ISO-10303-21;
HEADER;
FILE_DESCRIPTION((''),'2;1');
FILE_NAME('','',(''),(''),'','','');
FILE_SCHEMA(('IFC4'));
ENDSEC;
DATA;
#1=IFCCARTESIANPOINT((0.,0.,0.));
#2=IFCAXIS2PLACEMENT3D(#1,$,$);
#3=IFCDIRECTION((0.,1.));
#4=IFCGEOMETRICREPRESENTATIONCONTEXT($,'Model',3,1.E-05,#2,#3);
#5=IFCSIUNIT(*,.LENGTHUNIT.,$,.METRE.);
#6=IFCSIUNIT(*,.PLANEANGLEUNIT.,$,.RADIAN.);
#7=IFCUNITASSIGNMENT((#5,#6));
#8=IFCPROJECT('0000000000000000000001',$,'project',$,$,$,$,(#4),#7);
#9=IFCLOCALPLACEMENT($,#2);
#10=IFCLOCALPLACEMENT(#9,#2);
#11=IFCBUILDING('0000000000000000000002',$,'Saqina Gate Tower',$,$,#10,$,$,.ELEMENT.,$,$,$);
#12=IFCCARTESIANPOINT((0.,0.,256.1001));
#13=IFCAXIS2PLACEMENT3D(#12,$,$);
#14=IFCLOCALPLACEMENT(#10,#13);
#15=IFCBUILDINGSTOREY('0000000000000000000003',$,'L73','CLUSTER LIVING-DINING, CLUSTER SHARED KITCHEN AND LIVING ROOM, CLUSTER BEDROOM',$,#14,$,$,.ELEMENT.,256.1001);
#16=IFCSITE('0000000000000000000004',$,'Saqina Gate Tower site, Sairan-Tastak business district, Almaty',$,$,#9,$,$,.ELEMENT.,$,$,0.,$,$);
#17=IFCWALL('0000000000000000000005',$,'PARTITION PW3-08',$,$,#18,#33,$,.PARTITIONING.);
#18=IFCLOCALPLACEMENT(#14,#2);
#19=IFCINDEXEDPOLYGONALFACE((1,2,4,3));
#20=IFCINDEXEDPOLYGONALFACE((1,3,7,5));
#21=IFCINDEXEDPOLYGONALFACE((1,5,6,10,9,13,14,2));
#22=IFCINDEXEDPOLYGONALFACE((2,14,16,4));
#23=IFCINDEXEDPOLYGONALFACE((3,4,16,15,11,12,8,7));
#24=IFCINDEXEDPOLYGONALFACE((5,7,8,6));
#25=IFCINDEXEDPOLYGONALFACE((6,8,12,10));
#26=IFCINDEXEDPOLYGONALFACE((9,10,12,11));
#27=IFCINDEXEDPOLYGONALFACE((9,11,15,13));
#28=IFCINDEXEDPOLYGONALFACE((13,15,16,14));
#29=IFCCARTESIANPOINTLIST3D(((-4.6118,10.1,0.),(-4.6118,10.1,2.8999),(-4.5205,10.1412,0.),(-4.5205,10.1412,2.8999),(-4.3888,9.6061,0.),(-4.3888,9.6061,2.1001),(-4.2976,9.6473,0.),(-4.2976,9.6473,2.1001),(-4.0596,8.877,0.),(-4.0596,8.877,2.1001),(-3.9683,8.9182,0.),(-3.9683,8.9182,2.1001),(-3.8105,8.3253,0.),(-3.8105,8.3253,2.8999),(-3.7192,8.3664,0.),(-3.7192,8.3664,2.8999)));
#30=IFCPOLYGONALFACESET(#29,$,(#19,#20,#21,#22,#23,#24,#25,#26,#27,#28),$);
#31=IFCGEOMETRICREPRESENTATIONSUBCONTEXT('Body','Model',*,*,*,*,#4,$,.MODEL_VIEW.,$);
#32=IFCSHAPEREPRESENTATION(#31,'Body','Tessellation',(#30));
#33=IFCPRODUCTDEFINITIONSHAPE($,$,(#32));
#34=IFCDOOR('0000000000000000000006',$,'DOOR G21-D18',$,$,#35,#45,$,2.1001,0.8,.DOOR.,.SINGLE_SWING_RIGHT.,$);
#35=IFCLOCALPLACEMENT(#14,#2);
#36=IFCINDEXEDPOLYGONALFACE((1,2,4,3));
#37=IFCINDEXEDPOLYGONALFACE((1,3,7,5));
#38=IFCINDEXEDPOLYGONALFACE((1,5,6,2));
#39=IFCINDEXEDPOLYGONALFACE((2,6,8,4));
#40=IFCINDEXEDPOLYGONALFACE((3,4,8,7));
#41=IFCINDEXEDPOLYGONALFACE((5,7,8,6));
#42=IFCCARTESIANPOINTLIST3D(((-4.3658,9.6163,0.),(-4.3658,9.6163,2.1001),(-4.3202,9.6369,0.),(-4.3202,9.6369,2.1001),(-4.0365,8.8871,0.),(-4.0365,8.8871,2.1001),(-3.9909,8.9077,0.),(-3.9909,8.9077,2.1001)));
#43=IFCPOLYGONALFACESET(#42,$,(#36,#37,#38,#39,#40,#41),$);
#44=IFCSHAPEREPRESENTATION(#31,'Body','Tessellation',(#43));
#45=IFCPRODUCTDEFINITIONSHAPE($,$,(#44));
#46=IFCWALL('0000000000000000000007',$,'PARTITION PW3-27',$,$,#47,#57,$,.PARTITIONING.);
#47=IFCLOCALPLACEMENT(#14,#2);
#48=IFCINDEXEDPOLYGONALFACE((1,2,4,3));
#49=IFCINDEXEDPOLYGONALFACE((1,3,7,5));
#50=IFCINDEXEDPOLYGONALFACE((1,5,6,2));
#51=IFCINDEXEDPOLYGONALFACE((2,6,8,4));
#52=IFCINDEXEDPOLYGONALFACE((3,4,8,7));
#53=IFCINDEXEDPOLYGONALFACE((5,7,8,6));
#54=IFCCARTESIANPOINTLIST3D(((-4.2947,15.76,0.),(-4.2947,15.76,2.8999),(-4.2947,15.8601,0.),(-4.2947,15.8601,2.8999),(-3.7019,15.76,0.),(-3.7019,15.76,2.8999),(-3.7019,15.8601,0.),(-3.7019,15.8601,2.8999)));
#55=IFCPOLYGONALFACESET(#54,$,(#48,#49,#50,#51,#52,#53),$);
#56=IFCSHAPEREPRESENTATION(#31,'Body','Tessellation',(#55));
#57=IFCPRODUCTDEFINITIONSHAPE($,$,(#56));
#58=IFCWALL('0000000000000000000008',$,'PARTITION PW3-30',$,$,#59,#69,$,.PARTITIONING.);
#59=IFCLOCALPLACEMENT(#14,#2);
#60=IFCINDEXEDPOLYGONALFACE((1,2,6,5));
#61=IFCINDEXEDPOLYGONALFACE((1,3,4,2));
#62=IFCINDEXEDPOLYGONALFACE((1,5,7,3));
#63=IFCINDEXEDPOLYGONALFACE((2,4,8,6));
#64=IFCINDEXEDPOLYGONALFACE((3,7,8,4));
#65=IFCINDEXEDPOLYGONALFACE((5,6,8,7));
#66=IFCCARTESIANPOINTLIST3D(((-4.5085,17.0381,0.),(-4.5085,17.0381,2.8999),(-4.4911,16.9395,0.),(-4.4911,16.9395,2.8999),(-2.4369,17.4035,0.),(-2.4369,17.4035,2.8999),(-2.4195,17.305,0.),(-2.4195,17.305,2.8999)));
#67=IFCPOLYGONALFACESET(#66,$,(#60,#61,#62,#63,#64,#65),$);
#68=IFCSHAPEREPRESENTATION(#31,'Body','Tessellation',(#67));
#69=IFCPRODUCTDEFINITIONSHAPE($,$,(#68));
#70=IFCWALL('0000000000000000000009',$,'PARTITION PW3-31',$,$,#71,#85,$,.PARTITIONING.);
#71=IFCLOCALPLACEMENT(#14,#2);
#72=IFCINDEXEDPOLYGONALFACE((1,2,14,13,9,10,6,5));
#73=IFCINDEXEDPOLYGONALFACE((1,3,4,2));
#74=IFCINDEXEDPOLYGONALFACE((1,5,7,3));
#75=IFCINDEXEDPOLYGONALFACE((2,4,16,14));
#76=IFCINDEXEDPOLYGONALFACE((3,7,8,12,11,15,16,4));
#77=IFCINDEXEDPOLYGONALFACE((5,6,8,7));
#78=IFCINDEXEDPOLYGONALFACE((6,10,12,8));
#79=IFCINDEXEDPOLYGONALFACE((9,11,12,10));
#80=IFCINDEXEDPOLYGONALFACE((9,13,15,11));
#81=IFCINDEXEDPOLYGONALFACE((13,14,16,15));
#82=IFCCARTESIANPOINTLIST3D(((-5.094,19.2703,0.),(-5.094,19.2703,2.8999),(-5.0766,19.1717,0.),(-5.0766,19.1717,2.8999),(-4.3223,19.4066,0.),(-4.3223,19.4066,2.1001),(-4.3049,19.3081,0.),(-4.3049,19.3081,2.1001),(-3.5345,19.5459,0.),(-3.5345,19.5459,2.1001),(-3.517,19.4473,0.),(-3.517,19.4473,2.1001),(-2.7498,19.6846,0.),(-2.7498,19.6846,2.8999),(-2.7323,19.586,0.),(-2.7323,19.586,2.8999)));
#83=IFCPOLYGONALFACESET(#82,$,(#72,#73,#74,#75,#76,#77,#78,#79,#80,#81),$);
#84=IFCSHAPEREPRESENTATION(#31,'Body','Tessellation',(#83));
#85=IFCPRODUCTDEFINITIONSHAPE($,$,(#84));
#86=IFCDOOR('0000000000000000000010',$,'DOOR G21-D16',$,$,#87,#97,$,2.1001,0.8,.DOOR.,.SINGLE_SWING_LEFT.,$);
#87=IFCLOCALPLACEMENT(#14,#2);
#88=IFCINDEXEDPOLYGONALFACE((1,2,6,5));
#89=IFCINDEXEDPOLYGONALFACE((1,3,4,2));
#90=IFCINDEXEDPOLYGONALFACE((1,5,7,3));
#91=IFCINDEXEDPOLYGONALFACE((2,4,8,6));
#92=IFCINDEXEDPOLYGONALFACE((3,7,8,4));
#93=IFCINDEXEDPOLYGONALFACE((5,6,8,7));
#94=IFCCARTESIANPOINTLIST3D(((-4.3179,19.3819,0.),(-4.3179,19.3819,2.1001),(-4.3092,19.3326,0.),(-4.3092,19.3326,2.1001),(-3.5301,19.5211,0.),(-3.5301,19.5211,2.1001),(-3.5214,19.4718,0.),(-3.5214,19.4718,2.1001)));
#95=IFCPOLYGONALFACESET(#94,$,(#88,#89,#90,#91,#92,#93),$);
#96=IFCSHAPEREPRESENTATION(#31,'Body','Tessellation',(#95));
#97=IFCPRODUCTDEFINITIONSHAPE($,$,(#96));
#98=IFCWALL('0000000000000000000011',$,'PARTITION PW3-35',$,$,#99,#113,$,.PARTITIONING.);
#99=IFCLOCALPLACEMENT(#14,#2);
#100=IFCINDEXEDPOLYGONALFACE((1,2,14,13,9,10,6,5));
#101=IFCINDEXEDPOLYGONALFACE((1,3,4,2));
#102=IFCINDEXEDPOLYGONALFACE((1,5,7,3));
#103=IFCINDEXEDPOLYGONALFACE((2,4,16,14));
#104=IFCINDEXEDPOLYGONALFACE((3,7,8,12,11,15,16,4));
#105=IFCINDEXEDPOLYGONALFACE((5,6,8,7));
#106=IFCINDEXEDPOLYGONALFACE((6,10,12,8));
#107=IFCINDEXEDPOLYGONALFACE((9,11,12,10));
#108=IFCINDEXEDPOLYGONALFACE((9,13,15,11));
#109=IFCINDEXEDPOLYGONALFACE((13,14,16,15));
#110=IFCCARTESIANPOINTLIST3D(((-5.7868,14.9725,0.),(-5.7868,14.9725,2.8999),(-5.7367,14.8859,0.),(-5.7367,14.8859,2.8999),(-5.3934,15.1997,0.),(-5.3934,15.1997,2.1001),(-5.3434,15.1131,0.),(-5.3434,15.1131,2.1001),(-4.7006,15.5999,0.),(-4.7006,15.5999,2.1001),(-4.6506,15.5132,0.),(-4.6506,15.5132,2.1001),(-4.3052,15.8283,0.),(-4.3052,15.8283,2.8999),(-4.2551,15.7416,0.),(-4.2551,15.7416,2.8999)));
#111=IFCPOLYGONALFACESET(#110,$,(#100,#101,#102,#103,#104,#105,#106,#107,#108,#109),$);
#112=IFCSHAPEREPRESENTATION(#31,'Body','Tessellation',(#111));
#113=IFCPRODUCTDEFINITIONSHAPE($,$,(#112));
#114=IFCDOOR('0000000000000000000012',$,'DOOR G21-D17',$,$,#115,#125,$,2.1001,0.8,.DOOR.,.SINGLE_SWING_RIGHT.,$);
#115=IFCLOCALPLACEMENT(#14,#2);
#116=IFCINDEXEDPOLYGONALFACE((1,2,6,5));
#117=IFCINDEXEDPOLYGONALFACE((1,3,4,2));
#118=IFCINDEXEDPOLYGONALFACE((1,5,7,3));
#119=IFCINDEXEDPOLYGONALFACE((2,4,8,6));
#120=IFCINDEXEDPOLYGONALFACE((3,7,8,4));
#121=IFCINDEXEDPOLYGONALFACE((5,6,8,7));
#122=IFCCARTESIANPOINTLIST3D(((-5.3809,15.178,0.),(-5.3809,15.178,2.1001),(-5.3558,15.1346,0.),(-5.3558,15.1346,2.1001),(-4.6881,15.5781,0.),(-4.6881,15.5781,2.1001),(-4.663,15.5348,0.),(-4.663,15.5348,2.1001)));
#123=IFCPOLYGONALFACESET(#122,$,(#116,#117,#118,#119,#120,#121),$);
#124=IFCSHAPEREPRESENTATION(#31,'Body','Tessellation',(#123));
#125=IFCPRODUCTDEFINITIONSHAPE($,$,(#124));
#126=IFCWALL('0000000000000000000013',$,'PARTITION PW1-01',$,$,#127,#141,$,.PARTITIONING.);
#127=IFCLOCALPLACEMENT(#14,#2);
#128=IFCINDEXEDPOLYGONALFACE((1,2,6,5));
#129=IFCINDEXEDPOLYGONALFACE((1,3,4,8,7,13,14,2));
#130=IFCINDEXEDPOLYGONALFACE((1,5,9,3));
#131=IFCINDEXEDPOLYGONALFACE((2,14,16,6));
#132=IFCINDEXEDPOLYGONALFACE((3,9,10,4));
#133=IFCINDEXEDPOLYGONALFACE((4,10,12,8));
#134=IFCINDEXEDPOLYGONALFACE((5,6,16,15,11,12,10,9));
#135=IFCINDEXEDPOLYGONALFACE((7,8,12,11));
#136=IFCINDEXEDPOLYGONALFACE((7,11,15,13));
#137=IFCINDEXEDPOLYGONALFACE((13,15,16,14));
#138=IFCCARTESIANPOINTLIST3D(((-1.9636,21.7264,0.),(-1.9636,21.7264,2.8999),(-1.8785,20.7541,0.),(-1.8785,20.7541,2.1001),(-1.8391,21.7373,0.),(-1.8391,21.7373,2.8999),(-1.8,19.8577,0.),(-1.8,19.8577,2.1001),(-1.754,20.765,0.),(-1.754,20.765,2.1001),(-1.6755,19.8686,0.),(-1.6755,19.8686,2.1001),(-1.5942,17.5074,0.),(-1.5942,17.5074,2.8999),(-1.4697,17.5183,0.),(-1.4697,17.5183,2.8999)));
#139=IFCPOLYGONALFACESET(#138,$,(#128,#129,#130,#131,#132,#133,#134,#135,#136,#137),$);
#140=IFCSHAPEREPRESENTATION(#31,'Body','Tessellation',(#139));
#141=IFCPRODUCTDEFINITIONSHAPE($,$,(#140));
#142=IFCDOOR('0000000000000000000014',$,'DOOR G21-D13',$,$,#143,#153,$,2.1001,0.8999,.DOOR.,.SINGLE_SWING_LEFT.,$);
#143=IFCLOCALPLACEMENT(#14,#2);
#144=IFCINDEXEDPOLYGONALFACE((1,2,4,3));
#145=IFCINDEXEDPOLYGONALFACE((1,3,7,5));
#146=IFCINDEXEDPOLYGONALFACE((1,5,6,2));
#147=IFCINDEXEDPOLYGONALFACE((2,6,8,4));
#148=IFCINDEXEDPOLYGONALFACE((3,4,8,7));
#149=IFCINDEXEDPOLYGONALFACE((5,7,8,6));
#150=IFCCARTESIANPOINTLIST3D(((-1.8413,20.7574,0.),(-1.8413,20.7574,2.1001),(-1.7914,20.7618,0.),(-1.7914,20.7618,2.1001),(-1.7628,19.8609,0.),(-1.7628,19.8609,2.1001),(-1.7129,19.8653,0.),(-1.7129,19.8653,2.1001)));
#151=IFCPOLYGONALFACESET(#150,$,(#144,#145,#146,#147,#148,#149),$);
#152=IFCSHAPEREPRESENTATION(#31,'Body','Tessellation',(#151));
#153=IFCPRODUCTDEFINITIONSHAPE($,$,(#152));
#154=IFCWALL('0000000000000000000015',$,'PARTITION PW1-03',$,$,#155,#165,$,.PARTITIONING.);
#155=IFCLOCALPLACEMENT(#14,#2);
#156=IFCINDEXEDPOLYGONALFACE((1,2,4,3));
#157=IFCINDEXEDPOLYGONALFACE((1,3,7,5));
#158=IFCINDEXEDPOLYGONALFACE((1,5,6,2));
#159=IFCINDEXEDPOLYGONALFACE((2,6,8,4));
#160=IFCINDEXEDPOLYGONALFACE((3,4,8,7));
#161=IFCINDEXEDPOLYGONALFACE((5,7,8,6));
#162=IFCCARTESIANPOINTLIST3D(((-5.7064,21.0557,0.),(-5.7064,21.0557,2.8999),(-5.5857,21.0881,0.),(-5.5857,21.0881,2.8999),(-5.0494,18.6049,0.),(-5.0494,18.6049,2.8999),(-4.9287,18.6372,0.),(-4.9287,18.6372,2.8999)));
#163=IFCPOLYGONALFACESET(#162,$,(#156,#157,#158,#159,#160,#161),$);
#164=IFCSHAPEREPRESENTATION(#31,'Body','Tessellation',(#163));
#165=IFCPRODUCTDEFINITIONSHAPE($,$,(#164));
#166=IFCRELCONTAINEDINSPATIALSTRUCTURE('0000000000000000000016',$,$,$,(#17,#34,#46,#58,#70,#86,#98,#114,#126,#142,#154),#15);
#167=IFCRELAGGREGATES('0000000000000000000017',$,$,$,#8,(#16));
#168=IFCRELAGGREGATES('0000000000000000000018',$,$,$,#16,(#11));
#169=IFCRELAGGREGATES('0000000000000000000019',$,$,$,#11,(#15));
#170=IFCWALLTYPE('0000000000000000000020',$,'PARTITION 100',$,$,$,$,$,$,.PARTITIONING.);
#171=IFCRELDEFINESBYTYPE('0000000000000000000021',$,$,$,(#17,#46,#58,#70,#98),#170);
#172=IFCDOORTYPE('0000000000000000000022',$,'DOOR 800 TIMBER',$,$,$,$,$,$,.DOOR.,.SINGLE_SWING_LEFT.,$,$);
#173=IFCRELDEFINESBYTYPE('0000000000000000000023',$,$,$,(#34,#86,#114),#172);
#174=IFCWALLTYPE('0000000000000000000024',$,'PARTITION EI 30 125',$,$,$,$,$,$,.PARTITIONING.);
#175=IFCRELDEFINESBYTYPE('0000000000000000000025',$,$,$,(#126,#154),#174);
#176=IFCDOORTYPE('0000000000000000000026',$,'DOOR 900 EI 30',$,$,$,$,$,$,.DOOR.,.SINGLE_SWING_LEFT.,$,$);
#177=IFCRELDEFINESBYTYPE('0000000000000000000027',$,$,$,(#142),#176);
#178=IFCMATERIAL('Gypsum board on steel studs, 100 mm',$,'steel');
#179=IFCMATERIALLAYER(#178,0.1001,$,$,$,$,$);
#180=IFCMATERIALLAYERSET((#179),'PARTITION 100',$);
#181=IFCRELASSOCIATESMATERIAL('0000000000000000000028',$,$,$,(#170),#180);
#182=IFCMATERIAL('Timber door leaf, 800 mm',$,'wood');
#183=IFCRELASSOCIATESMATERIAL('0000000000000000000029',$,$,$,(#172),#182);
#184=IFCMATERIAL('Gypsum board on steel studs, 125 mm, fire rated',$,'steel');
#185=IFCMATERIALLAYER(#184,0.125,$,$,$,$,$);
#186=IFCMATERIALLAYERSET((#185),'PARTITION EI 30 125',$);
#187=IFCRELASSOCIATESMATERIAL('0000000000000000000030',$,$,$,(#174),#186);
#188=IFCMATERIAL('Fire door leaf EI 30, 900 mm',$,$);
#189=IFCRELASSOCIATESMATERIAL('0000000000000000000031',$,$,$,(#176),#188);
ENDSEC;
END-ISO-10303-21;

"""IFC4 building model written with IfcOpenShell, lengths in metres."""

from ifc_helpers import new_model, si_unit, direction, frame, frame_2d, origin, place, context, subcontext, project, spatial, rectangle, extrude, material, layer, layer_set, type_object, element, fill, save


model = new_model("IFC4")

# Units and contexts
model_context = context("Model", 3, precision=1e-05, world=origin(), true_north=direction((0.0, 1.0)))
body_context = subcontext(model_context, "Body", "Model", "MODEL_VIEW")
ifc_project = project(units=[si_unit("LENGTHUNIT", "METRE"), si_unit("PLANEANGLEUNIT", "RADIAN")], contexts=[model_context])

# Site, building, storey
site_placement = place(None, origin())
site = spatial("IfcSite", under=ifc_project, at=site_placement, Name="Saqina Gate Tower site, Sairan-Tastak business district, Almaty", CompositionType="ELEMENT", RefElevation=0.0)
building_placement = place(site_placement, origin())
building = spatial("IfcBuilding", under=site, at=building_placement, Name="Saqina Gate Tower", CompositionType="ELEMENT")
storey_placement = place(building_placement, frame((0.0, 0.0, 256.1001)))
storey = spatial("IfcBuildingStorey", under=building, at=storey_placement, Name="L73", Description="CLUSTER LIVING-DINING, CLUSTER SHARED KITCHEN AND LIVING ROOM, CLUSTER BEDROOM", CompositionType="ELEMENT", Elevation=256.1001)

# Shared definitions
ifc_material_1 = material(Name="Gypsum board on steel studs, 100 mm", Category="steel")
ifc_layer_1 = layer(ifc_material_1, 0.1001)
ifc_layer_set_1 = layer_set([ifc_layer_1], Name="PARTITION 100")
wall_type_1 = type_object("IfcWallType", Name="PARTITION 100", PredefinedType="PARTITIONING", material=ifc_layer_set_1)
ifc_material_2 = material(Name="Timber door leaf, 800 mm", Category="wood")
door_type_1 = type_object("IfcDoorType", Name="DOOR 800 TIMBER", OperationType="SINGLE_SWING_LEFT", PredefinedType="DOOR", material=ifc_material_2)

# Wall, opening, door
wall_1_placement = place(storey_placement, frame((-4.5662, 10.1206, 0.0), z_axis=(0.0, 0.0, 1.0), x_axis=(0.411506, -0.911407, 0.0)))
wall_1 = element("IfcWall", 1, at=wall_1_placement, inside=storey, type_object=wall_type_1, Name="PARTITION PW3-08", PredefinedType="PARTITIONING", context=body_context, shape_type="SweptSolid", body=[
    extrude(rectangle(XDim=1.9473, YDim=0.1001, at=frame_2d((0.9736, 0.0))), origin(), (0.0, 0.0, 1.0), 2.8999),
])
opening_1_placement = place(wall_1_placement, frame((0.542, 0.0, 0.0)))
opening_1 = element("IfcOpeningElement", 2, at=opening_1_placement, cuts=wall_1, PredefinedType="OPENING", context=body_context, shape_type="SweptSolid", body=[
    extrude(rectangle(XDim=0.8, YDim=2.1001, at=frame_2d((0.3999, 1.05))), frame((0.0, 0.062, 0.0), z_axis=(0.0, -1.0, 0.0), x_axis=(1.0, 0.0, 0.0)), (0.0, 0.0, 1.0), 0.124),
])
door_1_placement = place(opening_1_placement, frame((0.8, 0.0, 0.0), z_axis=(0.0, 0.0, 1.0), x_axis=(-1.0, 0.0, 0.0)))
door_1 = element("IfcDoor", 3, at=door_1_placement, inside=storey, type_object=door_type_1, Name="DOOR G21-D18", OperationType="SINGLE_SWING_RIGHT", OverallHeight=2.1001, OverallWidth=0.8, PredefinedType="DOOR", context=body_context, shape_type="SweptSolid", body=[
    extrude(rectangle(XDim=0.8, YDim=2.1001, at=frame_2d((0.3999, 1.05))), frame((0.0, 0.0249, 0.0), z_axis=(0.0, -1.0, 0.0), x_axis=(1.0, 0.0, 0.0)), (0.0, 0.0, 1.0), 0.05),
])
fill(opening_1, door_1)

# Walls
wall_2_placement = place(storey_placement, frame((-4.2947, 15.8101, 0.0), z_axis=(0.0, 0.0, 1.0), x_axis=(1.0, 0.0, 0.0)))
element("IfcWall", 4, at=wall_2_placement, inside=storey, type_object=wall_type_1, Name="PARTITION PW3-27", PredefinedType="PARTITIONING", context=body_context, shape_type="SweptSolid", body=[
    extrude(rectangle(XDim=0.5928, YDim=0.1001, at=frame_2d((0.2964, 0.0))), origin(), (0.0, 0.0, 1.0), 2.8999),
])
wall_3_placement = place(storey_placement, frame((-4.4998, 16.9888, 0.0), z_axis=(0.0, 0.0, 1.0), x_axis=(0.984791, 0.173746, 0.0)))
element("IfcWall", 5, at=wall_3_placement, inside=storey, type_object=wall_type_1, Name="PARTITION PW3-30", PredefinedType="PARTITIONING", context=body_context, shape_type="SweptSolid", body=[
    extrude(rectangle(XDim=2.1035, YDim=0.1001, at=frame_2d((1.0518, 0.0))), origin(), (0.0, 0.0, 1.0), 2.8999),
])

# Walls, openings, doors
wall_4_placement = place(storey_placement, frame((-5.0854, 19.2209, 0.0), z_axis=(0.0, 0.0, 1.0), x_axis=(0.984739, 0.174037, 0.0)))
wall_4 = element("IfcWall", 6, at=wall_4_placement, inside=storey, type_object=wall_type_1, Name="PARTITION PW3-31", PredefinedType="PARTITIONING", context=body_context, shape_type="SweptSolid", body=[
    extrude(rectangle(XDim=2.3806, YDim=0.1001, at=frame_2d((1.1904, 0.0))), origin(), (0.0, 0.0, 1.0), 2.8999),
])
opening_2_placement = place(wall_4_placement, frame((0.7839, 0.0, 0.0)))
opening_2 = element("IfcOpeningElement", 7, at=opening_2_placement, cuts=wall_4, PredefinedType="OPENING", context=body_context, shape_type="SweptSolid", body=[
    extrude(rectangle(XDim=0.8, YDim=2.1001, at=frame_2d((0.3999, 1.05))), frame((0.0, 0.062, 0.0), z_axis=(0.0, -1.0, 0.0), x_axis=(1.0, 0.0, 0.0)), (0.0, 0.0, 1.0), 0.124),
])
door_2_placement = place(opening_2_placement, origin())
door_2 = element("IfcDoor", 8, at=door_2_placement, inside=storey, type_object=door_type_1, Name="DOOR G21-D16", OperationType="SINGLE_SWING_LEFT", OverallHeight=2.1001, OverallWidth=0.8, PredefinedType="DOOR", context=body_context, shape_type="SweptSolid", body=[
    extrude(rectangle(XDim=0.8, YDim=2.1001, at=frame_2d((0.3999, 1.05))), frame((0.0, 0.0249, 0.0), z_axis=(0.0, -1.0, 0.0), x_axis=(1.0, 0.0, 0.0)), (0.0, 0.0, 1.0), 0.05),
])
fill(opening_2, door_2)
wall_5_placement = place(storey_placement, frame((-5.7617, 14.9292, 0.0), z_axis=(0.0, 0.0, 1.0), x_axis=(0.865924, 0.500175, 0.0)))
wall_5 = element("IfcWall", 9, at=wall_5_placement, inside=storey, type_object=wall_type_1, Name="PARTITION PW3-35", PredefinedType="PARTITIONING", context=body_context, shape_type="SweptSolid", body=[
    extrude(rectangle(XDim=1.7109, YDim=0.1001, at=frame_2d((0.8555, 0.0))), origin(), (0.0, 0.0, 1.0), 2.8999),
])
opening_3_placement = place(wall_5_placement, frame((0.4543, 0.0, 0.0)))
opening_3 = element("IfcOpeningElement", 10, at=opening_3_placement, cuts=wall_5, PredefinedType="OPENING", context=body_context, shape_type="SweptSolid", body=[
    extrude(rectangle(XDim=0.8, YDim=2.1001, at=frame_2d((0.3999, 1.05))), frame((0.0, 0.062, 0.0), z_axis=(0.0, -1.0, 0.0), x_axis=(1.0, 0.0, 0.0)), (0.0, 0.0, 1.0), 0.124),
])
door_3_placement = place(opening_3_placement, origin())
door_3 = element("IfcDoor", 11, at=door_3_placement, inside=storey, type_object=door_type_1, Name="DOOR G21-D17", OperationType="SINGLE_SWING_RIGHT", OverallHeight=2.1001, OverallWidth=0.8, PredefinedType="DOOR", context=body_context, shape_type="SweptSolid", body=[
    extrude(rectangle(XDim=0.8, YDim=2.1001, at=frame_2d((0.3999, 1.05))), frame((0.0, 0.0249, 0.0), z_axis=(0.0, -1.0, 0.0), x_axis=(1.0, 0.0, 0.0)), (0.0, 0.0, 1.0), 0.05),
])
fill(opening_3, door_3)
ifc_material_3 = material(Name="Gypsum board on steel studs, 125 mm, fire rated", Category="steel")
ifc_layer_2 = layer(ifc_material_3, 0.125)
ifc_layer_set_2 = layer_set([ifc_layer_2], Name="PARTITION EI 30 125")
wall_type_2 = type_object("IfcWallType", Name="PARTITION EI 30 125", PredefinedType="PARTITIONING", material=ifc_layer_set_2)
wall_6_placement = place(storey_placement, frame((-1.9014, 21.7319, 0.0), z_axis=(0.0, 0.0, 1.0), x_axis=(0.087219, -0.996189, 0.0)))
wall_6 = element("IfcWall", 12, at=wall_6_placement, inside=storey, type_object=wall_type_2, Name="PARTITION PW1-01", PredefinedType="PARTITIONING", context=body_context, shape_type="SweptSolid", body=[
    extrude(rectangle(XDim=4.2351, YDim=0.125, at=frame_2d((2.1177, 0.0))), origin(), (0.0, 0.0, 1.0), 2.8999),
])
opening_4_placement = place(wall_6_placement, frame((0.9761, 0.0, 0.0)))
opening_4 = element("IfcOpeningElement", 13, at=opening_4_placement, cuts=wall_6, PredefinedType="OPENING", context=body_context, shape_type="SweptSolid", body=[
    extrude(rectangle(XDim=0.8999, YDim=2.1001, at=frame_2d((0.45, 1.05))), frame((0.0, 0.0745, 0.0), z_axis=(0.0, -1.0, 0.0), x_axis=(1.0, 0.0, 0.0)), (0.0, 0.0, 1.0), 0.1489),
])
ifc_material_4 = material(Name="Fire door leaf EI 30, 900 mm")
door_type_2 = type_object("IfcDoorType", Name="DOOR 900 EI 30", OperationType="SINGLE_SWING_LEFT", PredefinedType="DOOR", material=ifc_material_4)
door_4_placement = place(opening_4_placement, origin())
door_4 = element("IfcDoor", 14, at=door_4_placement, inside=storey, type_object=door_type_2, Name="DOOR G21-D13", OperationType="SINGLE_SWING_LEFT", OverallHeight=2.1001, OverallWidth=0.8999, PredefinedType="DOOR", context=body_context, shape_type="SweptSolid", body=[
    extrude(rectangle(XDim=0.8999, YDim=2.1001, at=frame_2d((0.45, 1.05))), frame((0.0, 0.0249, 0.0), z_axis=(0.0, -1.0, 0.0), x_axis=(1.0, 0.0, 0.0)), (0.0, 0.0, 1.0), 0.05),
])
fill(opening_4, door_4)

# Wall
wall_7_placement = place(storey_placement, frame((-5.646, 21.0718, 0.0), z_axis=(0.0, 0.0, 1.0), x_axis=(0.258914, -0.9659, 0.0)))
element("IfcWall", 15, at=wall_7_placement, inside=storey, type_object=wall_type_2, Name="PARTITION PW1-03", PredefinedType="PARTITIONING", context=body_context, shape_type="SweptSolid", body=[
    extrude(rectangle(XDim=2.5374, YDim=0.125, at=frame_2d((1.2686, 0.0))), origin(), (0.0, 0.0, 1.0), 2.8999),
])

save(model, "model.ifc")
